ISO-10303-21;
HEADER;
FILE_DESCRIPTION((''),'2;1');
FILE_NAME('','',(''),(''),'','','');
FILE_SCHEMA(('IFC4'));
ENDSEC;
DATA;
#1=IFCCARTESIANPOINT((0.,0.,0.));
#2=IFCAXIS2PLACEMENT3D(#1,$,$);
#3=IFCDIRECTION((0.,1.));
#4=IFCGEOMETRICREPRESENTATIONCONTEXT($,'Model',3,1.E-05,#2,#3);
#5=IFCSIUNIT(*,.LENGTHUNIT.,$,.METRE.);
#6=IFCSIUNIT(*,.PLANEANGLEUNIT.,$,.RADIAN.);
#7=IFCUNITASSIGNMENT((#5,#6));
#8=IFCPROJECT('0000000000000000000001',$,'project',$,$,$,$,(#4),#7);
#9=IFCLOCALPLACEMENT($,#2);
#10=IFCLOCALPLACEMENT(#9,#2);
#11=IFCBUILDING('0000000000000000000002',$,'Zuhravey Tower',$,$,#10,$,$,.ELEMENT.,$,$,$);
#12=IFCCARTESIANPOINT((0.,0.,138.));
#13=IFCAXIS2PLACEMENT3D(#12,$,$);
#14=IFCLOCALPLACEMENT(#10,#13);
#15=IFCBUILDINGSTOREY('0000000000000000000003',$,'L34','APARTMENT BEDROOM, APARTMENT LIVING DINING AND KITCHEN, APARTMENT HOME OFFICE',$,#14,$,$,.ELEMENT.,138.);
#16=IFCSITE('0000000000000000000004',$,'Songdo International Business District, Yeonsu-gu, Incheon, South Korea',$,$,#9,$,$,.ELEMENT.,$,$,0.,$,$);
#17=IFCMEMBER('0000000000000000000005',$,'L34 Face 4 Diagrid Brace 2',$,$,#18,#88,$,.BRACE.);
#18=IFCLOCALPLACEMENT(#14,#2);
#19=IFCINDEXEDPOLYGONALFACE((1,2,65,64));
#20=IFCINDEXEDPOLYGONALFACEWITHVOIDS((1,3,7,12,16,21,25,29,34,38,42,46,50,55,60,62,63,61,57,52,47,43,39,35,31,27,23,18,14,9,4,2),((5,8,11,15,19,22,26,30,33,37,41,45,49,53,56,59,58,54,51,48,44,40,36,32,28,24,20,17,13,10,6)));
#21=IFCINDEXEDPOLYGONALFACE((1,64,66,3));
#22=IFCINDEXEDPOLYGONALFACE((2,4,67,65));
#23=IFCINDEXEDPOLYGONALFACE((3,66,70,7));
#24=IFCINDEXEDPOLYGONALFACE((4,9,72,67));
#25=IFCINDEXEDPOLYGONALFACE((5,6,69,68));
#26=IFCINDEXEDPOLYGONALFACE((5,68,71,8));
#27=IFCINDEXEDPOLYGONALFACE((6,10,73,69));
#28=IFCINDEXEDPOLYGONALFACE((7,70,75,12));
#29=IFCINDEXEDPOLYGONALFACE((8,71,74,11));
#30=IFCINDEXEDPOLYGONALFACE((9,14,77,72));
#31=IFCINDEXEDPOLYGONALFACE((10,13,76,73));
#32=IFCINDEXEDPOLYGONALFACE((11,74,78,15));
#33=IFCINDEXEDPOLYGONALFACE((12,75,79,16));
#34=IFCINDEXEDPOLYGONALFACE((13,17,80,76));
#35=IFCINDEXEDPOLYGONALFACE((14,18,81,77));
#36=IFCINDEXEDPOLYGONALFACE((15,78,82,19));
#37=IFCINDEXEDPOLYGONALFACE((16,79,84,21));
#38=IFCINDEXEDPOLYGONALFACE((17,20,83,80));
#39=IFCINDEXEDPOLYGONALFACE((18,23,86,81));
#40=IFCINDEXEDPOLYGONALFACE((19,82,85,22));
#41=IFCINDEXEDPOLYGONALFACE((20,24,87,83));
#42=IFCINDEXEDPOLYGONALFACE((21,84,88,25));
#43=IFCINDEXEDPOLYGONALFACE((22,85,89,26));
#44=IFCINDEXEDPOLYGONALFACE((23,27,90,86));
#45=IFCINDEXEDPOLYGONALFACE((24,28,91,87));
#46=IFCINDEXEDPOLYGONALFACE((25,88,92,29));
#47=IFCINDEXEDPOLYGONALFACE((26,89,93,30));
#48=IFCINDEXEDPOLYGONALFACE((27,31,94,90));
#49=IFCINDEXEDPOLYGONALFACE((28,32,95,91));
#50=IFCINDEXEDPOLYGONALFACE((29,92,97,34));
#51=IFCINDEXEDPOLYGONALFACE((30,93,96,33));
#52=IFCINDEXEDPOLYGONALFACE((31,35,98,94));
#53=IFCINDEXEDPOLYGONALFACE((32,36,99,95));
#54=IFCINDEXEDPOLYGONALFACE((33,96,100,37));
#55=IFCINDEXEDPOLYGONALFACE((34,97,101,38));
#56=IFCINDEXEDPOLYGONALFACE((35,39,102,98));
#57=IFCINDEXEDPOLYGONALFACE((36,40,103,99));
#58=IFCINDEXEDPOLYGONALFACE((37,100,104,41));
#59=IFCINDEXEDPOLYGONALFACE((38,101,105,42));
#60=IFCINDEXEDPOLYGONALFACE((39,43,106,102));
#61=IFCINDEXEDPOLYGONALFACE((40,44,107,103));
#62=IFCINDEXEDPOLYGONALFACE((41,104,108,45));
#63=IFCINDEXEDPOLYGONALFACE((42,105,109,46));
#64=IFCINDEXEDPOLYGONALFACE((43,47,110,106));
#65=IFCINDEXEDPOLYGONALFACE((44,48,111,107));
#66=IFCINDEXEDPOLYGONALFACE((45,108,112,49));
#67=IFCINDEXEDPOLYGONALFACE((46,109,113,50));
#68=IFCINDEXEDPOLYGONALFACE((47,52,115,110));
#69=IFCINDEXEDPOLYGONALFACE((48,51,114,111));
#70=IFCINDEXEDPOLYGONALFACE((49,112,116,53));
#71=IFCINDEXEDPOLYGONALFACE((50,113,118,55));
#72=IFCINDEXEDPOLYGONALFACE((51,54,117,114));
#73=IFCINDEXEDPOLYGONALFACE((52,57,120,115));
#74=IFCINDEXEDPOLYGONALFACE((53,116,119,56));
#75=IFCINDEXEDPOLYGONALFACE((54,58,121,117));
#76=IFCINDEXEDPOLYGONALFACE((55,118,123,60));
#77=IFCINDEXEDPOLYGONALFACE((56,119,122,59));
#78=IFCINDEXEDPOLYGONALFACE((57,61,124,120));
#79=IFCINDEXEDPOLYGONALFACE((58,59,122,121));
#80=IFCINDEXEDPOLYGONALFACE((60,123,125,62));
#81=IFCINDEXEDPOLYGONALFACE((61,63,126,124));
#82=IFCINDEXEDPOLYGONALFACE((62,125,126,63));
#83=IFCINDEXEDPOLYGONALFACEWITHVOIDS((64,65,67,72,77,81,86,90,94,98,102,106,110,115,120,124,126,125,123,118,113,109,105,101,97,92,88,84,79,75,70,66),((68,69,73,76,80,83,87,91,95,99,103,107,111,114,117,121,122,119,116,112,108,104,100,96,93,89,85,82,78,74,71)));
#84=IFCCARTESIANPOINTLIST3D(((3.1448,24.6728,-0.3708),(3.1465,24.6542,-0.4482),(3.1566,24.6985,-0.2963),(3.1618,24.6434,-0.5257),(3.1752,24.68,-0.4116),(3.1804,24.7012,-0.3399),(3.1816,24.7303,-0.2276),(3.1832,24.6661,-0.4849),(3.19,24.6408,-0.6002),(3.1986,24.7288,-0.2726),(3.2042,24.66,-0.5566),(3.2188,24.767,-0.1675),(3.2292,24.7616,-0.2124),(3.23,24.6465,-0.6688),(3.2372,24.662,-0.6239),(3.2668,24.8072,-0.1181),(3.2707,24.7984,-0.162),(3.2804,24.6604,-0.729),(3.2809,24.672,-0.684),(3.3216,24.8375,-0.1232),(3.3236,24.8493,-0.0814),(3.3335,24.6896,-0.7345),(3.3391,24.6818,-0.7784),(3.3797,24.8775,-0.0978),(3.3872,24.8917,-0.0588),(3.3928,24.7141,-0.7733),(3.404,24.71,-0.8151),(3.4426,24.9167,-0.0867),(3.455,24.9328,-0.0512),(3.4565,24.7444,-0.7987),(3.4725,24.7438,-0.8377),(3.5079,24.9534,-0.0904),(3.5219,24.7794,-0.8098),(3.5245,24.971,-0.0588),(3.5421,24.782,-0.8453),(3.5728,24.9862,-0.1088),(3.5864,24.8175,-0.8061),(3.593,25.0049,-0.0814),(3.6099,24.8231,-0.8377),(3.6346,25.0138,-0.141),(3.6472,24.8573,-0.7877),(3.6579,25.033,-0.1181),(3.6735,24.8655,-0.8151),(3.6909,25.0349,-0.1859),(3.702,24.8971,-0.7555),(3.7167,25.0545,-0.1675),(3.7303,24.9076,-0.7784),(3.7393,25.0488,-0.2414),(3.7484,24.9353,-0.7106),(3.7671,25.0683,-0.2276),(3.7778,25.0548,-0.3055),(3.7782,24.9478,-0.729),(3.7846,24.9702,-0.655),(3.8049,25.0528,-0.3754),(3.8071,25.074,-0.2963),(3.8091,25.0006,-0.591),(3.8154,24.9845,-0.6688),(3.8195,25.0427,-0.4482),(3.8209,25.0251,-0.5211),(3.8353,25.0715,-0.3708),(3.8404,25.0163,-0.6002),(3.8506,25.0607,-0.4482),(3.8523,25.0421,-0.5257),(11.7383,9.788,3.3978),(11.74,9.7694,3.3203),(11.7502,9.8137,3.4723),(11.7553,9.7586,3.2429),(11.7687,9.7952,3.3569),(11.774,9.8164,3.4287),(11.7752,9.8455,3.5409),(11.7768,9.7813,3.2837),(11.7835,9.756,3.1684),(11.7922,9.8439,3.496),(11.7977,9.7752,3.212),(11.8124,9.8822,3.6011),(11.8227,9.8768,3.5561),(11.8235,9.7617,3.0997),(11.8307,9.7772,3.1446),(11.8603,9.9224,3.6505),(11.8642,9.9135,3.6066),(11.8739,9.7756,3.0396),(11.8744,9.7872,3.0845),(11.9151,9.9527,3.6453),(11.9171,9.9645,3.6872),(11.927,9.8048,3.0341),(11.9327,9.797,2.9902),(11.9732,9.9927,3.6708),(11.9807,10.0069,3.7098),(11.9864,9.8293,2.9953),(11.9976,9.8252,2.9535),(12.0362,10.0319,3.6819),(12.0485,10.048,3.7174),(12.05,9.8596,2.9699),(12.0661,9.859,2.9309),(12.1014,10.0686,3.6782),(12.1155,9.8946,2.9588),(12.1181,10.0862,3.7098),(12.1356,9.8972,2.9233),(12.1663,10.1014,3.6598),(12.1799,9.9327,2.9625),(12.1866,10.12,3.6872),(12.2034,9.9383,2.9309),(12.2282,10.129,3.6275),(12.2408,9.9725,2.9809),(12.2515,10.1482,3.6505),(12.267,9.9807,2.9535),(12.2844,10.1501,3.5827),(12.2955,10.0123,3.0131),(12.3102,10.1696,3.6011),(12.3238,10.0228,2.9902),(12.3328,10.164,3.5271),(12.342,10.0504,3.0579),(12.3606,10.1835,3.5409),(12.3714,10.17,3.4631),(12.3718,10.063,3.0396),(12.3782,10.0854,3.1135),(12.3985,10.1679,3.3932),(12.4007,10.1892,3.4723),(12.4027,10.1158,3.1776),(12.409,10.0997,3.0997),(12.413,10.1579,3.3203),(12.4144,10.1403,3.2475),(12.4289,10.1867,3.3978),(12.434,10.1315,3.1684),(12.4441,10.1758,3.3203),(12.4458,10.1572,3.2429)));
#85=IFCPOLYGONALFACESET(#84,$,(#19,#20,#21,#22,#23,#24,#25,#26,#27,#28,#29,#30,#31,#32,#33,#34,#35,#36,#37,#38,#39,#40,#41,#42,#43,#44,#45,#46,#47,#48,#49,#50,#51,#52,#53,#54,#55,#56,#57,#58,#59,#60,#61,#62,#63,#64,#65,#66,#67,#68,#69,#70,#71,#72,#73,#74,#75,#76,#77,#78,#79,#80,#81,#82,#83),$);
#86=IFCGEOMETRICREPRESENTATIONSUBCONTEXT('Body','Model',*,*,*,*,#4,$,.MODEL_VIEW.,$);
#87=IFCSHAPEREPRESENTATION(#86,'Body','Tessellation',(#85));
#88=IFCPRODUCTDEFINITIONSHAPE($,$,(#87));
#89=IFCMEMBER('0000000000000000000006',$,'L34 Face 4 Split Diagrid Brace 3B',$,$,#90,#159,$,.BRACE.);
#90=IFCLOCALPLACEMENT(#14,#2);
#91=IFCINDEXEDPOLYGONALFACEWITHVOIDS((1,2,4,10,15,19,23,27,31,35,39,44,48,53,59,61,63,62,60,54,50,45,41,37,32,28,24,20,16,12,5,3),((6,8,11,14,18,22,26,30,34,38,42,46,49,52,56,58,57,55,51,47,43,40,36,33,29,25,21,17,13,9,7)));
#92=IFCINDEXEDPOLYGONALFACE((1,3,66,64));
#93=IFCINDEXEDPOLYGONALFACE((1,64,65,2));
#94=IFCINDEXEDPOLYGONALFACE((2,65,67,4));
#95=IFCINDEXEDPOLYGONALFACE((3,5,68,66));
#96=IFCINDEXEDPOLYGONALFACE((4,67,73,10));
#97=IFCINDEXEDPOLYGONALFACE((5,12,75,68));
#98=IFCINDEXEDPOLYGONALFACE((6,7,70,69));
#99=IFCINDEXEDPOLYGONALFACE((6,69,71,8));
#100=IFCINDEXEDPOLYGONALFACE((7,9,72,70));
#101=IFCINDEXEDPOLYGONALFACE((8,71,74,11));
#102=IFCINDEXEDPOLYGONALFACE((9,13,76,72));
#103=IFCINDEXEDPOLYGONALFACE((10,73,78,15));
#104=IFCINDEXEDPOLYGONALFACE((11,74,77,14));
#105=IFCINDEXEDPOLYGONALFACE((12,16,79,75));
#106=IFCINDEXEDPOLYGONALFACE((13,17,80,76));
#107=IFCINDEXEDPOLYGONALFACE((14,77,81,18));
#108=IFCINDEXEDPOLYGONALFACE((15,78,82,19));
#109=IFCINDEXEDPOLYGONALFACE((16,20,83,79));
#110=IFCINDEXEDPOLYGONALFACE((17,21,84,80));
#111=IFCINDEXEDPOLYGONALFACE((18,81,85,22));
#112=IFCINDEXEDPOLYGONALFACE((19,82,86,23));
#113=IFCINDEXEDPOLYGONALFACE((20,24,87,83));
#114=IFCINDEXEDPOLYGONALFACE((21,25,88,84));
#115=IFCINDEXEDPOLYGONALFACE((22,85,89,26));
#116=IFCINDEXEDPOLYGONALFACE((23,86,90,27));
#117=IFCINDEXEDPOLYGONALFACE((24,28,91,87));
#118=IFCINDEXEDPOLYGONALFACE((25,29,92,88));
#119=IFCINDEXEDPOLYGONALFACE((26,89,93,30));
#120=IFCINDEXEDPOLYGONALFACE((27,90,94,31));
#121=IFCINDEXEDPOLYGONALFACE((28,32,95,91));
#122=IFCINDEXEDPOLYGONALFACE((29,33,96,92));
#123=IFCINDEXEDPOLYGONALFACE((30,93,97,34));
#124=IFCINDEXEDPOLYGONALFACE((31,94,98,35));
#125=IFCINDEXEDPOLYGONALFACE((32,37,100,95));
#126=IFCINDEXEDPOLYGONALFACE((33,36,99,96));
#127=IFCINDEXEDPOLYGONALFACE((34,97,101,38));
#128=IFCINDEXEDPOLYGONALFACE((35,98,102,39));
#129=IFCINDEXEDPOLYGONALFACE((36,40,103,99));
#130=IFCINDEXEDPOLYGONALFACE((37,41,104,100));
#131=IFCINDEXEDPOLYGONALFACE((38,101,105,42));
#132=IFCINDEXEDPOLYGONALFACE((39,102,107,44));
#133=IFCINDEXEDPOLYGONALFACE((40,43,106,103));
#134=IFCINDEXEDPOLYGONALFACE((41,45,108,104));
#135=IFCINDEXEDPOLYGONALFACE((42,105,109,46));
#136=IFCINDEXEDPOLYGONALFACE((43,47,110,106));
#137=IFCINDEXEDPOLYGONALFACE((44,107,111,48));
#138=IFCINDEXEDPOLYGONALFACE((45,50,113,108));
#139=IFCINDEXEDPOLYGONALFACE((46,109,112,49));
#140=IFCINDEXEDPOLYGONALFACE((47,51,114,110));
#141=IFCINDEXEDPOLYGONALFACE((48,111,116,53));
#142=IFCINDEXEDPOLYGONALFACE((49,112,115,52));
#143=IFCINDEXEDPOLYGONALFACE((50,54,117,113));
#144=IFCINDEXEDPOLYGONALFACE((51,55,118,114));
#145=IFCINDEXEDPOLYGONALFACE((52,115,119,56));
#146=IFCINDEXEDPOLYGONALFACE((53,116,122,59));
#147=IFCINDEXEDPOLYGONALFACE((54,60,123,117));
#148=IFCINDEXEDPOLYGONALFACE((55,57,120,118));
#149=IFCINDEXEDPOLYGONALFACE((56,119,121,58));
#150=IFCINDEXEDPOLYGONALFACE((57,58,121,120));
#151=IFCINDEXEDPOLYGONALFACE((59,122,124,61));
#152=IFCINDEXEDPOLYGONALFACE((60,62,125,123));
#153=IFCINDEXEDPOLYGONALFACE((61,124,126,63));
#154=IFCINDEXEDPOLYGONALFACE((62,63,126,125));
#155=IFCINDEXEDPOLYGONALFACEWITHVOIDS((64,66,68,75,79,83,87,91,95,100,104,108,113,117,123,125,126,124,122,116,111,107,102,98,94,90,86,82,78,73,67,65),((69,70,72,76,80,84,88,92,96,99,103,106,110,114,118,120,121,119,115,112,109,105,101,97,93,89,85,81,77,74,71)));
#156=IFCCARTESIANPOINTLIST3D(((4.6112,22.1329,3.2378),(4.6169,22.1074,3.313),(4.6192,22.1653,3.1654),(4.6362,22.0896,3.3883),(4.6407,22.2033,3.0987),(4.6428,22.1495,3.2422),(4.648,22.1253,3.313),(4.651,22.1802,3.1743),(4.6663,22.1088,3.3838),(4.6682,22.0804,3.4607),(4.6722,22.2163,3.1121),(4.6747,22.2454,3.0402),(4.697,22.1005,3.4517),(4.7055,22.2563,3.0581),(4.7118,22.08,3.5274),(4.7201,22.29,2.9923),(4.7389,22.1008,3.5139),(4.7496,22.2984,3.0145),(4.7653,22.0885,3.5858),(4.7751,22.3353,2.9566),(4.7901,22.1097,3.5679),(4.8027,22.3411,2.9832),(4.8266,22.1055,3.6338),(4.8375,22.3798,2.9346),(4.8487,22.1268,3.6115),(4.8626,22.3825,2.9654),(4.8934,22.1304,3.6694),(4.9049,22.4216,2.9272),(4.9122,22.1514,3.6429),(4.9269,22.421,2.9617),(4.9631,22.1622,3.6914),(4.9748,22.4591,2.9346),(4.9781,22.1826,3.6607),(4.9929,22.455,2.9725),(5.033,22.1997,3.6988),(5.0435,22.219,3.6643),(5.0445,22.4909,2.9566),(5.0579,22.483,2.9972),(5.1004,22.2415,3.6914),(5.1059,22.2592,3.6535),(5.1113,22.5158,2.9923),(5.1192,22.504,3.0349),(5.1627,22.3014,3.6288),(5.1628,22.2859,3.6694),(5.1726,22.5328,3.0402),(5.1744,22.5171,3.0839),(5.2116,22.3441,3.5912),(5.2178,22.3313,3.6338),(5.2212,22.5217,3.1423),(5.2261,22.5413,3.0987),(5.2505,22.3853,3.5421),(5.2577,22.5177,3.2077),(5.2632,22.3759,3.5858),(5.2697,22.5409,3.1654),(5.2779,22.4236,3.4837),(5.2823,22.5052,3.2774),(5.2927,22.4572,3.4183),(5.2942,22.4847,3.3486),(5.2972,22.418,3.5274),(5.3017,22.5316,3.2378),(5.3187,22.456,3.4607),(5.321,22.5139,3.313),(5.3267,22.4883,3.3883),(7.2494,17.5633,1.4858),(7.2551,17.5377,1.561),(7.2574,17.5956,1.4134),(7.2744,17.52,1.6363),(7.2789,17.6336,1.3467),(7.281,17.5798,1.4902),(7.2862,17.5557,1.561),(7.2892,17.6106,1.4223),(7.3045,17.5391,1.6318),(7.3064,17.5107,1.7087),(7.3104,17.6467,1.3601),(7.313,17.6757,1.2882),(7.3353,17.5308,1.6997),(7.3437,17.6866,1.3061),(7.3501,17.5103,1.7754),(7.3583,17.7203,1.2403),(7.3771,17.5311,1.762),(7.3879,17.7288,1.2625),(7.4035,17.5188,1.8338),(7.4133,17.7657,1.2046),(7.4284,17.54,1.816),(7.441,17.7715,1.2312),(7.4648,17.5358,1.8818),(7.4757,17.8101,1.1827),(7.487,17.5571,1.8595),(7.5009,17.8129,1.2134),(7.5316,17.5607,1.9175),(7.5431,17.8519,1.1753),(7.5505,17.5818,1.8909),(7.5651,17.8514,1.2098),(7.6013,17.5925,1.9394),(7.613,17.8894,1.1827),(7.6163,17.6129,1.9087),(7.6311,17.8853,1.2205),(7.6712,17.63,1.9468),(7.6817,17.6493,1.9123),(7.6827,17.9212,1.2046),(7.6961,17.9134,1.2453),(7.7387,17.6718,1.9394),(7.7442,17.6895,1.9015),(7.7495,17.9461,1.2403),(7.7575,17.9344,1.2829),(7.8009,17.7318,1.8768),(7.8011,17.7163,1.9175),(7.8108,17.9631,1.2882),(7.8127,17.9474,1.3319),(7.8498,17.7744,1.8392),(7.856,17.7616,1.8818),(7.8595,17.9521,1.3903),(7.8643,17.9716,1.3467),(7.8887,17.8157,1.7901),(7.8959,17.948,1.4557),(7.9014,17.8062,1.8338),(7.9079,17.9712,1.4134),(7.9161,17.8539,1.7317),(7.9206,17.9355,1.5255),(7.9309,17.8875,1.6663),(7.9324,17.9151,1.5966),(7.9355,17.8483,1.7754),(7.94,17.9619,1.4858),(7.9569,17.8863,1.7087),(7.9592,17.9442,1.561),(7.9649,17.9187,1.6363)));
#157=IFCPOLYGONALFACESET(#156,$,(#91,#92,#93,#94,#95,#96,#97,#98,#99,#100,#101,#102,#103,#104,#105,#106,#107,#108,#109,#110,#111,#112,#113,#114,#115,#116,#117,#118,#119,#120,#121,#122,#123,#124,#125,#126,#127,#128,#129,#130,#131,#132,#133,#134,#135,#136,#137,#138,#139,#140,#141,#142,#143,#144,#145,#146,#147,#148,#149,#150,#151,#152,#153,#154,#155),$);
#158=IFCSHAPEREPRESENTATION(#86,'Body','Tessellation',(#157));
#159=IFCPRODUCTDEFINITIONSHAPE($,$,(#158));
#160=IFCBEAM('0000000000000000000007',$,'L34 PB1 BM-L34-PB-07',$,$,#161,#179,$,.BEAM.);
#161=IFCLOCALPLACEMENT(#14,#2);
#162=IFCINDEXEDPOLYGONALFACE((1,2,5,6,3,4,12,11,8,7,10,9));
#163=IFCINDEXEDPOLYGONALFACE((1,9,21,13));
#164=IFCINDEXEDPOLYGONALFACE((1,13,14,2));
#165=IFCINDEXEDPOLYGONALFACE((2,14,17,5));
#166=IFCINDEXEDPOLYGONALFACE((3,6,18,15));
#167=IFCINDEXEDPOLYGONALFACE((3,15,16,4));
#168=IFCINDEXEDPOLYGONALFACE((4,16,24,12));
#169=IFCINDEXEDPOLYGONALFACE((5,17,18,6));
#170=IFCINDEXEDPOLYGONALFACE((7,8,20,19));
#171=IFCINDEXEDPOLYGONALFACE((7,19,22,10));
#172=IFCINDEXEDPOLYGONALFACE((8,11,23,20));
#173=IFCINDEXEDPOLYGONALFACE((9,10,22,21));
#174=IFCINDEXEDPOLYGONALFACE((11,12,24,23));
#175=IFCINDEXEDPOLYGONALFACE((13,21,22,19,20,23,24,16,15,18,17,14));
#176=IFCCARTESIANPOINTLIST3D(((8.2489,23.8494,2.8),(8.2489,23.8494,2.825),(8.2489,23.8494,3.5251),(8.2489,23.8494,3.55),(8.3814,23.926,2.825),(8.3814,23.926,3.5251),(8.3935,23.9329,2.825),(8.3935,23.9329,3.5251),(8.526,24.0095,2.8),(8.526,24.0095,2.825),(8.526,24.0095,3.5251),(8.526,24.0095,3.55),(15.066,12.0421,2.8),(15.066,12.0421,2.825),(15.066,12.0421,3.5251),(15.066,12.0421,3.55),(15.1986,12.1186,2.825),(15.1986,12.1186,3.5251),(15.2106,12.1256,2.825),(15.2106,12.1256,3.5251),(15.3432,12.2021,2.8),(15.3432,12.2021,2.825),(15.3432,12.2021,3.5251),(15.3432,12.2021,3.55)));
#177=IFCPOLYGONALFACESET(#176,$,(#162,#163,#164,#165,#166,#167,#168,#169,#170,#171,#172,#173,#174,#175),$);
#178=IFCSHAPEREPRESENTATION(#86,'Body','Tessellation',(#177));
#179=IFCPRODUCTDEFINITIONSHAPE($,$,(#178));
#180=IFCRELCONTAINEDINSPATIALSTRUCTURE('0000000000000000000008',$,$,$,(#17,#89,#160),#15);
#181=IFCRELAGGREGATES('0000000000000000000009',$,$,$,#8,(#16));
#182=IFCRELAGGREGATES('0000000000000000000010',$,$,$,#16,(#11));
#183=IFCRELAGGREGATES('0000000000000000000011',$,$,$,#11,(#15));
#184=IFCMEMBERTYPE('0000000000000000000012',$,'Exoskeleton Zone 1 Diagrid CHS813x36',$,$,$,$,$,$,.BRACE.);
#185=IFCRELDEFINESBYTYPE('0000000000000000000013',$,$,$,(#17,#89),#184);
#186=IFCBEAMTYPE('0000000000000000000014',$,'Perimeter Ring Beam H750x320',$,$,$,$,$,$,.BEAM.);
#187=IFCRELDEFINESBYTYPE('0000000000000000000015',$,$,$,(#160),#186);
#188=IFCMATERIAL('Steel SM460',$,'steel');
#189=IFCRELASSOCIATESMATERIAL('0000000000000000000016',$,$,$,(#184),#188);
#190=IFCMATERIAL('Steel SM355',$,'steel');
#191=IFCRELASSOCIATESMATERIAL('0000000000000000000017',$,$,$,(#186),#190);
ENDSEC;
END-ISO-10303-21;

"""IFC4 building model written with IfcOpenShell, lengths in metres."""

from ifc_helpers import new_model, si_unit, direction, frame, origin, origin_2d, place, context, subcontext, project, spatial, hollow_circle, i_section, extrude, material, material_profile, profile_set, type_object, element, save


model = new_model("IFC4")

# Units and contexts
model_context = context("Model", 3, precision=1e-05, world=origin(), true_north=direction((0.0, 1.0)))
body_context = subcontext(model_context, "Body", "Model", "MODEL_VIEW")
ifc_project = project(units=[si_unit("LENGTHUNIT", "METRE"), si_unit("PLANEANGLEUNIT", "RADIAN")], contexts=[model_context])

# Site, building, storey
site_placement = place(None, origin())
site = spatial("IfcSite", under=ifc_project, at=site_placement, Name="Songdo International Business District, Yeonsu-gu, Incheon, South Korea", CompositionType="ELEMENT", RefElevation=0.0)
building_placement = place(site_placement, origin())
building = spatial("IfcBuilding", under=site, at=building_placement, Name="Zuhravey Tower", CompositionType="ELEMENT")
storey_placement = place(building_placement, frame((0.0, 0.0, 138.0)))
storey = spatial("IfcBuildingStorey", under=building, at=storey_placement, Name="L34", Description="APARTMENT BEDROOM, APARTMENT LIVING DINING AND KITCHEN, APARTMENT HOME OFFICE", CompositionType="ELEMENT", Elevation=138.0)

# Shared definitions
ifc_material_1 = material(Name="Steel SM460", Category="steel")

# Members
ifc_material_2 = material(Name="Steel SM355", Category="steel")
ifc_material_profile_1 = material_profile(ifc_material_1, hollow_circle(Radius=0.4065, WallThickness=0.0359, at=origin_2d()), Name="CHS-812.8x36")
ifc_profile_set_1 = profile_set([ifc_material_profile_1], Name="Steel SM460")
member_type_1 = type_object("IfcMemberType", Name="Exoskeleton Zone 1 Diagrid CHS813x36", PredefinedType="BRACE", material=ifc_profile_set_1)
member_1_placement = place(storey_placement, frame((3.4985, 24.8574, -0.4482), z_axis=(0.488388, -0.845935, 0.214175), x_axis=(0.866031, 0.499991, 0.0)))
element("IfcMember", 1, at=member_1_placement, inside=storey, type_object=member_type_1, Name="L34 Face 4 Diagrid Brace 2", PredefinedType="BRACE", context=body_context, shape_type="SweptSolid", body=[
    extrude(hollow_circle(Radius=0.4065, WallThickness=0.0359, at=origin_2d()), origin(), (0.0, 0.0, 1.0), 17.5957),
])
member_2_placement = place(storey_placement, frame((7.6072, 17.741, 1.561), z_axis=(-0.474518, 0.821909, 0.315116), x_axis=(-0.866031, -0.499991, 0.0)))
element("IfcMember", 2, at=member_2_placement, inside=storey, type_object=member_type_1, Name="L34 Face 4 Split Diagrid Brace 3B", PredefinedType="BRACE", context=body_context, shape_type="SweptSolid", body=[
    extrude(hollow_circle(Radius=0.4065, WallThickness=0.0359, at=origin_2d()), origin(), (0.0, 0.0, 1.0), 5.5598),
])

# Beam
ifc_material_profile_2 = material_profile(ifc_material_2, i_section(OverallWidth=0.3201, OverallDepth=0.75, WebThickness=0.0139, FlangeThickness=0.0249, at=origin_2d()), Name="H-750x320x14x25")
ifc_profile_set_2 = profile_set([ifc_material_profile_2], Name="Steel SM355")
beam_type_1 = type_object("IfcBeamType", Name="Perimeter Ring Beam H750x320", PredefinedType="BEAM", material=ifc_profile_set_2)
beam_1_placement = place(storey_placement, frame((8.3875, 23.9294, 3.175), z_axis=(0.500008, -0.866021, 0.0), x_axis=(0.866021, 0.500008, 0.0)))
element("IfcBeam", 3, at=beam_1_placement, inside=storey, type_object=beam_type_1, Name="L34 PB1 BM-L34-PB-07", PredefinedType="BEAM", context=body_context, shape_type="SweptSolid", body=[
    extrude(i_section(OverallWidth=0.3201, OverallDepth=0.75, WebThickness=0.0139, FlangeThickness=0.0249, at=origin_2d()), origin(), (0.0, 0.0, 1.0), 13.634),
])

save(model, "model.ifc")
